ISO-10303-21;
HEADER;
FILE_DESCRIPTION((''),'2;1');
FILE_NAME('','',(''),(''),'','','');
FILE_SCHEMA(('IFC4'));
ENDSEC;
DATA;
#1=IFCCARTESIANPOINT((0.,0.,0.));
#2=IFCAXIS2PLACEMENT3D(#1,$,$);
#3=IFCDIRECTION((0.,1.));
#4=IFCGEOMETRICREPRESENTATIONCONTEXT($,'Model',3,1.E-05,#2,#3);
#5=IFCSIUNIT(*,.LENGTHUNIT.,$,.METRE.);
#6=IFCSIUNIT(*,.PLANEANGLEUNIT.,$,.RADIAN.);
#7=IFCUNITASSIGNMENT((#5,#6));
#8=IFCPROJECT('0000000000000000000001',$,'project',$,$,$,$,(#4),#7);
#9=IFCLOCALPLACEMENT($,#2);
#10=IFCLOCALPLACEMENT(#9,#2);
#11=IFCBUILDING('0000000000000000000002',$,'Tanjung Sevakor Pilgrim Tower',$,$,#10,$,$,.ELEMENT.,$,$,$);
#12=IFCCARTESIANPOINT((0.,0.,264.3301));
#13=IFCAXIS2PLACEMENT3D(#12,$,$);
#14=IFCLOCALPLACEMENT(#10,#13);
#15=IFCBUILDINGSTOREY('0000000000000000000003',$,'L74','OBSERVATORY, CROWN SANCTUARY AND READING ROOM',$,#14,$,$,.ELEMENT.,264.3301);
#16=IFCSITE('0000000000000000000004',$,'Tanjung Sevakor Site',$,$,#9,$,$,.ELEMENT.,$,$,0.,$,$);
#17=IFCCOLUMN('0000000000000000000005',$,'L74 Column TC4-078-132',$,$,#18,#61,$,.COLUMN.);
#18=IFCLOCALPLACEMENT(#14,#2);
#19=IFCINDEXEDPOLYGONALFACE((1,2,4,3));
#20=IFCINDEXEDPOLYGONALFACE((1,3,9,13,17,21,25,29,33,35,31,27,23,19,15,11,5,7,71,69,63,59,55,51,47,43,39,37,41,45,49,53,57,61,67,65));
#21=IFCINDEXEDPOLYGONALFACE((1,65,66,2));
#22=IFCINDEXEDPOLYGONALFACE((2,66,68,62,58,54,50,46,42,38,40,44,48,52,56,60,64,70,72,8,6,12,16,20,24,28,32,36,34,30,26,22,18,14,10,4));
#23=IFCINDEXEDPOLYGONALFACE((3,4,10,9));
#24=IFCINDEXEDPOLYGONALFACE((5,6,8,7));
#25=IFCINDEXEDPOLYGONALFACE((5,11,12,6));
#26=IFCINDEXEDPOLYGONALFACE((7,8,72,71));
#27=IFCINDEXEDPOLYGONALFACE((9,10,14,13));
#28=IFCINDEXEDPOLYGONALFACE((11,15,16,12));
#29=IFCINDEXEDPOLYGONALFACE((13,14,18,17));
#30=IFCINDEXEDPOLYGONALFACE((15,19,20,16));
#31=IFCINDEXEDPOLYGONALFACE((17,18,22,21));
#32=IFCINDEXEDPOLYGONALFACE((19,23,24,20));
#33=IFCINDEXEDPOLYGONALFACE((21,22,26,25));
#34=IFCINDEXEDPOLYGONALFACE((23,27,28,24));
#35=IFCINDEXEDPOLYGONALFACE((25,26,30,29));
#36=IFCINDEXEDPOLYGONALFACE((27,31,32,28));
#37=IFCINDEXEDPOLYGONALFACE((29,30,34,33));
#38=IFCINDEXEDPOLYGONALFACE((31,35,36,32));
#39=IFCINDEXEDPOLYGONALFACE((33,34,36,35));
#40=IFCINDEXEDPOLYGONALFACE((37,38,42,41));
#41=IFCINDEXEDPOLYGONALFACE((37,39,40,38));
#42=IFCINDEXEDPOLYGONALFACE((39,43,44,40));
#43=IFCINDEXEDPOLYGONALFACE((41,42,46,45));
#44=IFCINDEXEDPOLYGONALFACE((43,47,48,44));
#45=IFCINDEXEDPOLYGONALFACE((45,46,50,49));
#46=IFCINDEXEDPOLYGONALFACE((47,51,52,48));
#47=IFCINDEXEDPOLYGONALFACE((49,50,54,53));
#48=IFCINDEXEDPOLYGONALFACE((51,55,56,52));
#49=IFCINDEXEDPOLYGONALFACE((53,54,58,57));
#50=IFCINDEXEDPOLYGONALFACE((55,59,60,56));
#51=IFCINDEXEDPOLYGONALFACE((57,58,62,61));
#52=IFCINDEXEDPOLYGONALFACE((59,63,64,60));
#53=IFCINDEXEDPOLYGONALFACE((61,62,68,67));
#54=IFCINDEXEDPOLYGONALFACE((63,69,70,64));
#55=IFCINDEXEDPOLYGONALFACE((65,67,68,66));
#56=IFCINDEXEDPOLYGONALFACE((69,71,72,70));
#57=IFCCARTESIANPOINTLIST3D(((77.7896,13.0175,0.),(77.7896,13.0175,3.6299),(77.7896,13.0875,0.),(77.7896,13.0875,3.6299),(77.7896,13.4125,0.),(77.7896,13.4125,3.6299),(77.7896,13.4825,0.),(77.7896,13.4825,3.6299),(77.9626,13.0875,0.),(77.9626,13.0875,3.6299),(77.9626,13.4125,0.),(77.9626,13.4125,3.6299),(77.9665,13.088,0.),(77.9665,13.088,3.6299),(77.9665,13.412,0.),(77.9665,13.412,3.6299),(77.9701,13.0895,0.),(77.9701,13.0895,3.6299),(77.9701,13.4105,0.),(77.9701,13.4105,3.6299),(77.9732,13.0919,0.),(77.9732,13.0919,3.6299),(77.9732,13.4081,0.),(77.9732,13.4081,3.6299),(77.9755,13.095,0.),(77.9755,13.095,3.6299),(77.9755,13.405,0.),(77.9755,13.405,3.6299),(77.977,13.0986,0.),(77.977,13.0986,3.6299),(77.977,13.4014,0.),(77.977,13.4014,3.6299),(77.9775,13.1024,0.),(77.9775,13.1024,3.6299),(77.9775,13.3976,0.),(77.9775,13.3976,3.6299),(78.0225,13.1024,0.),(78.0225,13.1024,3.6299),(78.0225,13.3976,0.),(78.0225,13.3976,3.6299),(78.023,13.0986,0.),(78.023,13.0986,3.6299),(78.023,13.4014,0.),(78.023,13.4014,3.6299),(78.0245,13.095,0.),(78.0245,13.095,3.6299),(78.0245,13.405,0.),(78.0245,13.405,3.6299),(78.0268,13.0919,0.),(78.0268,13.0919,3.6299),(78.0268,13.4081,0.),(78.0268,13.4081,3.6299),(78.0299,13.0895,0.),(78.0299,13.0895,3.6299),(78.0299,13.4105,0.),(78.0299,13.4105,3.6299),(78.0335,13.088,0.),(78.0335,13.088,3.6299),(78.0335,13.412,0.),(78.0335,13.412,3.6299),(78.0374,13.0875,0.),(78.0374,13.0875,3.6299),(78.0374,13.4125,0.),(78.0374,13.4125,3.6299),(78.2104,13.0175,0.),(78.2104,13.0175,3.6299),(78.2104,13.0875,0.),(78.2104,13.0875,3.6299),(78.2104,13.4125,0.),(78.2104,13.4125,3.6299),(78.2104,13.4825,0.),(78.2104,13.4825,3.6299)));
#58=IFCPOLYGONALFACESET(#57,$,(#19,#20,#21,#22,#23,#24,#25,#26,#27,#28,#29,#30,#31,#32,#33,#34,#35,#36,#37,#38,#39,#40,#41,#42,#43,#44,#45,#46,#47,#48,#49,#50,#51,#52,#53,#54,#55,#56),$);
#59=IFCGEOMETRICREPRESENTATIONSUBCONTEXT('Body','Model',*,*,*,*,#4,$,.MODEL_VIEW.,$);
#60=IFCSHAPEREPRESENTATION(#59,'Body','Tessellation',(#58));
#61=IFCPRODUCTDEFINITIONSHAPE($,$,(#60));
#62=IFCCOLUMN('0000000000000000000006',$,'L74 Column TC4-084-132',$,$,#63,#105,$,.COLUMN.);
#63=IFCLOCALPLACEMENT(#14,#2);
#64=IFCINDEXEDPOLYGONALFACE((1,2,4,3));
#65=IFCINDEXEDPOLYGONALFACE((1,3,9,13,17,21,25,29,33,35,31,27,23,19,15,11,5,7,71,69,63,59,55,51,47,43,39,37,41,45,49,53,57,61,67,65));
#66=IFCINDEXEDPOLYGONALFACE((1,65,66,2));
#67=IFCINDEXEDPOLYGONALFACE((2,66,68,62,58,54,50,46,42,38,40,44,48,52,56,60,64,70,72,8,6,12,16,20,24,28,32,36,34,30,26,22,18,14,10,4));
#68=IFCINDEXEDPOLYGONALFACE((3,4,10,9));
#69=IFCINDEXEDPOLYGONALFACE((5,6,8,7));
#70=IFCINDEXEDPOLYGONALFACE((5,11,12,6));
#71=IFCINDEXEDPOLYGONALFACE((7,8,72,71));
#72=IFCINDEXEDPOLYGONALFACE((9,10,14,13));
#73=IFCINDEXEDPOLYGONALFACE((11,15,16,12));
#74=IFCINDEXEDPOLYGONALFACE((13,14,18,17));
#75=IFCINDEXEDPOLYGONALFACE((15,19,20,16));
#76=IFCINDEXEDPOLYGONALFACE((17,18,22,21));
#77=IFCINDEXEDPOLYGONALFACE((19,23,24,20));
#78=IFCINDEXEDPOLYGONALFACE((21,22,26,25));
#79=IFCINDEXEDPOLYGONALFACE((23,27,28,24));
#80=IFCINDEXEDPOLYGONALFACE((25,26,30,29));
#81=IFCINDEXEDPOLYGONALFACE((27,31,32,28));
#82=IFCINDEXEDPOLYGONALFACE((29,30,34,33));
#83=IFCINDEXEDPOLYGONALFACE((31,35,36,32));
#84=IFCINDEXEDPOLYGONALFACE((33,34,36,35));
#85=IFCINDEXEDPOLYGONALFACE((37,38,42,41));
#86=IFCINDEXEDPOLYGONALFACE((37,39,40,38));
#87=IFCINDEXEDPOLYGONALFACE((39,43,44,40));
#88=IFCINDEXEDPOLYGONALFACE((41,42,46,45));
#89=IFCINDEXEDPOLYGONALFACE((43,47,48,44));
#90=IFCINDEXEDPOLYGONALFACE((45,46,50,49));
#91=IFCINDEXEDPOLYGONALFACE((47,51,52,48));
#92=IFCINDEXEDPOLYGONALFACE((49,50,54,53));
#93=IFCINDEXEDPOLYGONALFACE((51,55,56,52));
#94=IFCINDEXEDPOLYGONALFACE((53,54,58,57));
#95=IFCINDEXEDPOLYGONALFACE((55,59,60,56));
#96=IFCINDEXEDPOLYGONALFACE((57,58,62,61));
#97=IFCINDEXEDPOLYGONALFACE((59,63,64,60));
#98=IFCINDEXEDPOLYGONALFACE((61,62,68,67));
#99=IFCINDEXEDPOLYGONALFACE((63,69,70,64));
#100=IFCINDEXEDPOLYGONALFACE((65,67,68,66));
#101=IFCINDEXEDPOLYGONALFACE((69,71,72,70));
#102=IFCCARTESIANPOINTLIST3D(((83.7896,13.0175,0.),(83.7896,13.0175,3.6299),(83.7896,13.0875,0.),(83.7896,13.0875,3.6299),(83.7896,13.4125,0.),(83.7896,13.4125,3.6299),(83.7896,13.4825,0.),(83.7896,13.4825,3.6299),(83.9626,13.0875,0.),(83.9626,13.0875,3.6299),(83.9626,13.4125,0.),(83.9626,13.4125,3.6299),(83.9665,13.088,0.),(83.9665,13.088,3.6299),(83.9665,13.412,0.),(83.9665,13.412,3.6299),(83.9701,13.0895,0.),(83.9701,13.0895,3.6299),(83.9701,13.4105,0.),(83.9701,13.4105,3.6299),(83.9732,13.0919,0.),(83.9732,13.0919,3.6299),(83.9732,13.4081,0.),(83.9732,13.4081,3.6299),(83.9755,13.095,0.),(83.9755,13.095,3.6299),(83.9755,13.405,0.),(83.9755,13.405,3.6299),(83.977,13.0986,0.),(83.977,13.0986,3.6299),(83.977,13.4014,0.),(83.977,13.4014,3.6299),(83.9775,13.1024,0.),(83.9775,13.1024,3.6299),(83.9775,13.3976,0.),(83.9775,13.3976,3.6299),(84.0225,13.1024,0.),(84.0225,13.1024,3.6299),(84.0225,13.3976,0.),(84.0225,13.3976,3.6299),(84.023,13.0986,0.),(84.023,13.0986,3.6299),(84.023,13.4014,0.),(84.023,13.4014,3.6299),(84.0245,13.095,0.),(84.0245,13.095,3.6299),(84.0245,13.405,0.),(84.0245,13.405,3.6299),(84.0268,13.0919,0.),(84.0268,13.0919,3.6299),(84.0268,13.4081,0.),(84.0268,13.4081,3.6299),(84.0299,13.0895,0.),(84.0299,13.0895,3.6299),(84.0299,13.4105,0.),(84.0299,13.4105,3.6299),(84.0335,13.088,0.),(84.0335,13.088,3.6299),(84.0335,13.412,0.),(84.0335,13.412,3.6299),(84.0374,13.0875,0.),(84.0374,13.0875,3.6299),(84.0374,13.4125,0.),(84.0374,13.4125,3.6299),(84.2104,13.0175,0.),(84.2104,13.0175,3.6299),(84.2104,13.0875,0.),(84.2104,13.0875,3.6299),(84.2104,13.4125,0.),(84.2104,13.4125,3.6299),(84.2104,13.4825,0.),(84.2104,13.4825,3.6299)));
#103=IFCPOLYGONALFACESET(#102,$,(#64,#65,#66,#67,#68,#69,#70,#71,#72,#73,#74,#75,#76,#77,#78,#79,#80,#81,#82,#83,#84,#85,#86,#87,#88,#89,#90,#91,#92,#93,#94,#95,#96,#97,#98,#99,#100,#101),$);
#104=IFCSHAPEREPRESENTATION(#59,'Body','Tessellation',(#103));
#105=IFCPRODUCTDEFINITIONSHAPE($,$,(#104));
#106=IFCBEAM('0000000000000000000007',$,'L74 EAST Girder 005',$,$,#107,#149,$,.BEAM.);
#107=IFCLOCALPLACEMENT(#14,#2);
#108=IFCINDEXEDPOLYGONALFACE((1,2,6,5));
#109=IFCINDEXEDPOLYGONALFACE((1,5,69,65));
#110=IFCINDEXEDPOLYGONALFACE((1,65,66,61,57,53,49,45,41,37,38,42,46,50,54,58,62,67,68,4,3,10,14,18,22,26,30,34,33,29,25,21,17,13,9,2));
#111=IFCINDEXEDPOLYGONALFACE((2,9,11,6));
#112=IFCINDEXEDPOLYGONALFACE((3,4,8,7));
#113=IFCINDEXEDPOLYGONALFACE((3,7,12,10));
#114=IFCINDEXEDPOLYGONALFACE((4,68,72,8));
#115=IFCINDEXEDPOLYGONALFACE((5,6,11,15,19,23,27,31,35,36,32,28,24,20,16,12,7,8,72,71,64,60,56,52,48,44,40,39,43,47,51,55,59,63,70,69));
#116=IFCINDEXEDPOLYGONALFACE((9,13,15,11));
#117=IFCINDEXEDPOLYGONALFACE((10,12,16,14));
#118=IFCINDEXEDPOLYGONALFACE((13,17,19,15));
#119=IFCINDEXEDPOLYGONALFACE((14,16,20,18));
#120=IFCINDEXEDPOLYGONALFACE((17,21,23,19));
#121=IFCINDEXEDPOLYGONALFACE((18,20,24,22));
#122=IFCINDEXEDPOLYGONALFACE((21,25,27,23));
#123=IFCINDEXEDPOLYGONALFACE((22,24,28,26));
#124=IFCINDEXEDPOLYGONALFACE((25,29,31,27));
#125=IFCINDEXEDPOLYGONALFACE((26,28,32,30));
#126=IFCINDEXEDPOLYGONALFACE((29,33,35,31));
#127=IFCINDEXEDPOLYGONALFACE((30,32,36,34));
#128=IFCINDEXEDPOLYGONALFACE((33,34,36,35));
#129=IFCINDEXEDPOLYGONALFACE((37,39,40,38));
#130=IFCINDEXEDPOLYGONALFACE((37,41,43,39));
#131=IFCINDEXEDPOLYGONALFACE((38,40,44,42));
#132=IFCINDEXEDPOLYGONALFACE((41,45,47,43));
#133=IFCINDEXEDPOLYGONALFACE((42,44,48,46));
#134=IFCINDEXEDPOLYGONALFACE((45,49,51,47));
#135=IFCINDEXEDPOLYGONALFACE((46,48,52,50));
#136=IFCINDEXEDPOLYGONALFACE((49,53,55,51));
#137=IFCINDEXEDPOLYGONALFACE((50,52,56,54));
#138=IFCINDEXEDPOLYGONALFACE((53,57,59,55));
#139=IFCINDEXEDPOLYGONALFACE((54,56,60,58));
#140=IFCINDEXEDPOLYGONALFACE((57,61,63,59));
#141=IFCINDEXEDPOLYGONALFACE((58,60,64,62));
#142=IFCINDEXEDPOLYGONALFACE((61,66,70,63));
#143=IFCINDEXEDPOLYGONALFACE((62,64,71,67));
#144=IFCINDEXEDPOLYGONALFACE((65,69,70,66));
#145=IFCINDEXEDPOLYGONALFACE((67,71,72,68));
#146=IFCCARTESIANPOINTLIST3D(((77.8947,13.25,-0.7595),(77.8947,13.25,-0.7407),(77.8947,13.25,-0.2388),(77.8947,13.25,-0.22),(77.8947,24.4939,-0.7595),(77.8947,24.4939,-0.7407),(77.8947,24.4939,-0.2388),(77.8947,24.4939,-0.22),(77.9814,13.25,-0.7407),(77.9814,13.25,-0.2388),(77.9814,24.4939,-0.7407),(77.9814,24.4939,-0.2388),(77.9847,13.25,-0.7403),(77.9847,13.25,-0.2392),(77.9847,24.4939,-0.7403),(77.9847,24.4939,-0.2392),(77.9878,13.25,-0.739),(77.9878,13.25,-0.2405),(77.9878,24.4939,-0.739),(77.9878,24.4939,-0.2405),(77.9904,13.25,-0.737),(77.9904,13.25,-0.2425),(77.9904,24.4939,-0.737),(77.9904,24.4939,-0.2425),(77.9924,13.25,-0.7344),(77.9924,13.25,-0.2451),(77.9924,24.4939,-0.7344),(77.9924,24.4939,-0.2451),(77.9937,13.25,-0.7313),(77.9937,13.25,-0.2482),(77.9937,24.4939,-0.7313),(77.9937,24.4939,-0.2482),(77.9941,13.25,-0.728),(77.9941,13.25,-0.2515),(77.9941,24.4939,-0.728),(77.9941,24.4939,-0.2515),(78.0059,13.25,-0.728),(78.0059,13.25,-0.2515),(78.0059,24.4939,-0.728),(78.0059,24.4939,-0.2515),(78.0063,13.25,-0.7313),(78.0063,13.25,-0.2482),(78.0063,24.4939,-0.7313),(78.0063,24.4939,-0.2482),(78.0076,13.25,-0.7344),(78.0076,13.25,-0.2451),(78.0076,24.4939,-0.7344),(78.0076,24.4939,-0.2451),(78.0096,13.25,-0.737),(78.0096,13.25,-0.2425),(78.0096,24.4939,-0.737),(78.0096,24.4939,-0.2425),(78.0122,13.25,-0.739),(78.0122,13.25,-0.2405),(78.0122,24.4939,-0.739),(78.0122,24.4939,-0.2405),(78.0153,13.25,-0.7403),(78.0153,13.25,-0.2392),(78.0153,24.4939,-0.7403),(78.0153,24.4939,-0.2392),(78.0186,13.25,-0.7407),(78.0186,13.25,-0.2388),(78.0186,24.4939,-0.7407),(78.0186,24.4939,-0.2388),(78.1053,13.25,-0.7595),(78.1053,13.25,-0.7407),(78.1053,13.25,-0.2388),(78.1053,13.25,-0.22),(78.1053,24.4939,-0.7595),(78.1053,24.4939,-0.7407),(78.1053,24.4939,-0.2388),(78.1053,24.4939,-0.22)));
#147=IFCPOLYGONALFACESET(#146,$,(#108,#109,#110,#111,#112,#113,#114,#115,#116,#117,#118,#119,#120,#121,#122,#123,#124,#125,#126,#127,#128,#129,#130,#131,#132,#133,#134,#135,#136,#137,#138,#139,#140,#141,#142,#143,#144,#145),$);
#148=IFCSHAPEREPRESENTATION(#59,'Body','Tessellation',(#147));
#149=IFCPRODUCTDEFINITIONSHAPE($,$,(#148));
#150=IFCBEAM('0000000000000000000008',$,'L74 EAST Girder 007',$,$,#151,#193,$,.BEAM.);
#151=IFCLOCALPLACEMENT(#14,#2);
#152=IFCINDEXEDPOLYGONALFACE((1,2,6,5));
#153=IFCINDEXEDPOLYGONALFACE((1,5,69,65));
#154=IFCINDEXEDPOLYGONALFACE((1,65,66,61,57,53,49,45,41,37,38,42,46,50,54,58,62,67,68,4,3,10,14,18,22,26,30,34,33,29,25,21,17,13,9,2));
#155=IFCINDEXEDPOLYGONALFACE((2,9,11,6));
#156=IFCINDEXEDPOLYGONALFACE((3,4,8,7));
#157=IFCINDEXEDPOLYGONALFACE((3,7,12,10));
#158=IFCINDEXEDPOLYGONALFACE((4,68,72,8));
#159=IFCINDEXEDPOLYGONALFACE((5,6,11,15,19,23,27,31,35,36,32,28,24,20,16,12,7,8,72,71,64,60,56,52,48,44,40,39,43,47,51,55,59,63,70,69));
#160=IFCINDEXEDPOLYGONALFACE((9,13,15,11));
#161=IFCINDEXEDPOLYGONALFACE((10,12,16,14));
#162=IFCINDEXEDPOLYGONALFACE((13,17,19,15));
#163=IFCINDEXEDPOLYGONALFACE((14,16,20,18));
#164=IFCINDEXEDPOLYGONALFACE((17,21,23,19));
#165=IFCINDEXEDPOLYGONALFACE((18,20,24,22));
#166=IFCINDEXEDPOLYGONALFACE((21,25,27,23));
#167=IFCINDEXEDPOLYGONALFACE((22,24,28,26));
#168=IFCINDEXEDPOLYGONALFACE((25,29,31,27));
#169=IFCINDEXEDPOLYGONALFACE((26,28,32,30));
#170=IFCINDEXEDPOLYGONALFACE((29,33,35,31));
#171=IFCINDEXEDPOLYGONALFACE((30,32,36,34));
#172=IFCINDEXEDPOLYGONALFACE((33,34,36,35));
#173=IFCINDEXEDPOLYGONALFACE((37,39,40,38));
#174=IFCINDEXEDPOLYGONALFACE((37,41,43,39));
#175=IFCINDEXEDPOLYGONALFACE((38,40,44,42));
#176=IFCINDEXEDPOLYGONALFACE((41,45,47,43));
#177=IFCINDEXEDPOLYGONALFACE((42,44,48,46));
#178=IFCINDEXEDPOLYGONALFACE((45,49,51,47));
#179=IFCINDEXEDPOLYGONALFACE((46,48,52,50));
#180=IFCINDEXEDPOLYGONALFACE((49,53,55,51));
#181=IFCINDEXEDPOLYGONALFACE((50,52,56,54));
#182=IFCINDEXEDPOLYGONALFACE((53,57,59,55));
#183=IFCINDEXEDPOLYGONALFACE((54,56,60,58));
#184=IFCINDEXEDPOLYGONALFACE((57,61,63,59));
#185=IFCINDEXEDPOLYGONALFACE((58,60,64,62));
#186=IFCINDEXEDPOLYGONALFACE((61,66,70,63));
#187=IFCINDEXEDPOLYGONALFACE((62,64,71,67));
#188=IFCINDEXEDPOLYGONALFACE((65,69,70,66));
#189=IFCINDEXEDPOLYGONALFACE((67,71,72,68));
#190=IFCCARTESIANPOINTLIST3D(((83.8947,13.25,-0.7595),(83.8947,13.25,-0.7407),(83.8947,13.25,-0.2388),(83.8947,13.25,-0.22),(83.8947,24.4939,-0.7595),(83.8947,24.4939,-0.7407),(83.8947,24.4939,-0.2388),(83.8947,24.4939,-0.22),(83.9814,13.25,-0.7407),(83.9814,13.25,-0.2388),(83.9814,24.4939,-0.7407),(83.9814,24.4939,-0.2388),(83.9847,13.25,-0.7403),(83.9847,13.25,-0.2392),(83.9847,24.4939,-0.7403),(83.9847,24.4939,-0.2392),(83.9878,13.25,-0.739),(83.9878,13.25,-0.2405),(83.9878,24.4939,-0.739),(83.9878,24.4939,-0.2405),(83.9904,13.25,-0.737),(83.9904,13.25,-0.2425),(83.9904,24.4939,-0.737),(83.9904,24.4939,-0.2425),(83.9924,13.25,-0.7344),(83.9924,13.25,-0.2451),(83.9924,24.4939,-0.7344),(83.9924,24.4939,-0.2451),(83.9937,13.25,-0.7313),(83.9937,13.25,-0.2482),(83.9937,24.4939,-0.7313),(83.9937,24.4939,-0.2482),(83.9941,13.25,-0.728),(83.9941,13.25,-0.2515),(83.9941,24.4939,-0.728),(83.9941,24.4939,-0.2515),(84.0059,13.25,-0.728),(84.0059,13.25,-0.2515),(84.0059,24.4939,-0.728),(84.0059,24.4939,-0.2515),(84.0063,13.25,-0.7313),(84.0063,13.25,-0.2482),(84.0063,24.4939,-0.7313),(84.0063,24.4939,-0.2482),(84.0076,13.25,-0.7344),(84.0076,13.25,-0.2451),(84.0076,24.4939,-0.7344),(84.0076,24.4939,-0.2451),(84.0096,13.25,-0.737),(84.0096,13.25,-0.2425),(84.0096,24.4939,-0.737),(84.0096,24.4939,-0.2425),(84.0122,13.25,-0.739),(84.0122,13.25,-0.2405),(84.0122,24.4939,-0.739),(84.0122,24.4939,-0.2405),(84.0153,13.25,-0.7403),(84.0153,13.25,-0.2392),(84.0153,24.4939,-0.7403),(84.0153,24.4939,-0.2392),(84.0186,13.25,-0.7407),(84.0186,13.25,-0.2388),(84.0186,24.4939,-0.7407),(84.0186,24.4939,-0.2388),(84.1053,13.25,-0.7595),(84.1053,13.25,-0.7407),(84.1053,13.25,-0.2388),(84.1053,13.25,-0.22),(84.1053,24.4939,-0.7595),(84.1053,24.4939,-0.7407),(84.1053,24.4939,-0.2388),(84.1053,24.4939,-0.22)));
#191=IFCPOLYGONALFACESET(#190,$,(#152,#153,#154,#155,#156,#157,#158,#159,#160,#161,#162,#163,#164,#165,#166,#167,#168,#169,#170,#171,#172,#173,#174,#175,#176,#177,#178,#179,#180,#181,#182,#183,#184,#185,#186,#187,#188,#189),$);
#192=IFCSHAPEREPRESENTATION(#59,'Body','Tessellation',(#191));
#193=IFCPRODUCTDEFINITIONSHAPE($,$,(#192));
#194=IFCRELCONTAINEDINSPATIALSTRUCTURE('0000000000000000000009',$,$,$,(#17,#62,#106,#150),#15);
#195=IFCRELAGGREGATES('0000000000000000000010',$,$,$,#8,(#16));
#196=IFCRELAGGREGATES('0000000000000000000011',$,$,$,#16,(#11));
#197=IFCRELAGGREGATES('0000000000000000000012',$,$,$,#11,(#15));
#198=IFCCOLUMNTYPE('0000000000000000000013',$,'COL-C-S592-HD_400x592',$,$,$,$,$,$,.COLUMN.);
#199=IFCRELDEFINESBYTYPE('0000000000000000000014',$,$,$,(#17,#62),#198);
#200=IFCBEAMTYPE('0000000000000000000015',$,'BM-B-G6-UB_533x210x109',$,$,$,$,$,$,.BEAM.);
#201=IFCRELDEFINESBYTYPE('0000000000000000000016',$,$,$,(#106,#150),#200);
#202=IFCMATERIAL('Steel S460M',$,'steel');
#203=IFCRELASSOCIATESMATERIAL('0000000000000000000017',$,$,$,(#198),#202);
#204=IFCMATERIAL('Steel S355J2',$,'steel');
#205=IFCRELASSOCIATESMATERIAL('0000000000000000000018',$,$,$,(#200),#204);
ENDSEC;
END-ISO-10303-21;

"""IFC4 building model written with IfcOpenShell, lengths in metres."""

from ifc_helpers import new_model, si_unit, direction, frame, origin, origin_2d, place, context, subcontext, project, spatial, i_section, extrude, material, material_profile, profile_set, type_object, element, save


model = new_model("IFC4")

# Units and contexts
model_context = context("Model", 3, precision=1e-05, world=origin(), true_north=direction((0.0, 1.0)))
body_context = subcontext(model_context, "Body", "Model", "MODEL_VIEW")
ifc_project = project(units=[si_unit("LENGTHUNIT", "METRE"), si_unit("PLANEANGLEUNIT", "RADIAN")], contexts=[model_context])

# Site, building, storey
site_placement = place(None, origin())
site = spatial("IfcSite", under=ifc_project, at=site_placement, Name="Tanjung Sevakor Site", CompositionType="ELEMENT", RefElevation=0.0)
building_placement = place(site_placement, origin())
building = spatial("IfcBuilding", under=site, at=building_placement, Name="Tanjung Sevakor Pilgrim Tower", CompositionType="ELEMENT")
storey_placement = place(building_placement, frame((0.0, 0.0, 264.3301)))
storey = spatial("IfcBuildingStorey", under=building, at=storey_placement, Name="L74", Description="OBSERVATORY, CROWN SANCTUARY AND READING ROOM", CompositionType="ELEMENT", Elevation=264.3301)

# Columns
ifc_material_1 = material(Name="Steel S460M", Category="steel")
ifc_material_profile_1 = material_profile(ifc_material_1, i_section(OverallWidth=0.4209, OverallDepth=0.4651, WebThickness=0.0449, FlangeThickness=0.0701, FilletRadius=0.0149, at=origin_2d()))
ifc_profile_set_1 = profile_set([ifc_material_profile_1], Name="Steel S460M")
column_type = type_object("IfcColumnType", Name="COL-C-S592-HD_400x592", PredefinedType="COLUMN", material=ifc_profile_set_1)
for number, where, z_axis, x_axis, name in (
    (1, (78.0, 13.25, 0.0), (0.0, 0.0, 1.0), (1.0, 0.0, 0.0), "L74 Column TC4-078-132"),
    (2, (84.0, 13.25, 0.0), (0.0, 0.0, 1.0), (1.0, 0.0, 0.0), "L74 Column TC4-084-132"),
):
    element("IfcColumn", number, at=place(storey_placement, frame(where, z_axis=z_axis, x_axis=x_axis)), inside=storey, type_object=column_type, Name=name, PredefinedType="COLUMN", context=body_context, shape_type="SweptSolid", body=[
        extrude(i_section(OverallWidth=0.4209, OverallDepth=0.4651, WebThickness=0.0449, FlangeThickness=0.0701, FilletRadius=0.0149, at=origin_2d()), origin(), (0.0, 0.0, 1.0), 3.6299),
    ])

# Beams
ifc_material_2 = material(Name="Steel S355J2", Category="steel")
ifc_material_profile_2 = material_profile(ifc_material_2, i_section(OverallWidth=0.2107, OverallDepth=0.5396, WebThickness=0.0117, FlangeThickness=0.0188, FilletRadius=0.0127, at=origin_2d()))
ifc_profile_set_2 = profile_set([ifc_material_profile_2], Name="Steel S355J2")
beam_type_1 = type_object("IfcBeamType", Name="BM-B-G6-UB_533x210x109", PredefinedType="BEAM", material=ifc_profile_set_2)
for number, where, z_axis, x_axis, name in (
    (3, (78.0, 13.25, -0.4897), (0.0, 1.0, 0.0), (-1.0, 0.0, 0.0), "L74 EAST Girder 005"),
    (4, (84.0, 13.25, -0.4897), (0.0, 1.0, 0.0), (-1.0, 0.0, 0.0), "L74 EAST Girder 007"),
):
    element("IfcBeam", number, at=place(storey_placement, frame(where, z_axis=z_axis, x_axis=x_axis)), inside=storey, type_object=beam_type_1, Name=name, PredefinedType="BEAM", context=body_context, shape_type="SweptSolid", body=[
        extrude(i_section(OverallWidth=0.2107, OverallDepth=0.5396, WebThickness=0.0117, FlangeThickness=0.0188, FilletRadius=0.0127, at=origin_2d()), origin(), (0.0, 0.0, 1.0), 11.2439),
    ])

save(model, "model.ifc")
